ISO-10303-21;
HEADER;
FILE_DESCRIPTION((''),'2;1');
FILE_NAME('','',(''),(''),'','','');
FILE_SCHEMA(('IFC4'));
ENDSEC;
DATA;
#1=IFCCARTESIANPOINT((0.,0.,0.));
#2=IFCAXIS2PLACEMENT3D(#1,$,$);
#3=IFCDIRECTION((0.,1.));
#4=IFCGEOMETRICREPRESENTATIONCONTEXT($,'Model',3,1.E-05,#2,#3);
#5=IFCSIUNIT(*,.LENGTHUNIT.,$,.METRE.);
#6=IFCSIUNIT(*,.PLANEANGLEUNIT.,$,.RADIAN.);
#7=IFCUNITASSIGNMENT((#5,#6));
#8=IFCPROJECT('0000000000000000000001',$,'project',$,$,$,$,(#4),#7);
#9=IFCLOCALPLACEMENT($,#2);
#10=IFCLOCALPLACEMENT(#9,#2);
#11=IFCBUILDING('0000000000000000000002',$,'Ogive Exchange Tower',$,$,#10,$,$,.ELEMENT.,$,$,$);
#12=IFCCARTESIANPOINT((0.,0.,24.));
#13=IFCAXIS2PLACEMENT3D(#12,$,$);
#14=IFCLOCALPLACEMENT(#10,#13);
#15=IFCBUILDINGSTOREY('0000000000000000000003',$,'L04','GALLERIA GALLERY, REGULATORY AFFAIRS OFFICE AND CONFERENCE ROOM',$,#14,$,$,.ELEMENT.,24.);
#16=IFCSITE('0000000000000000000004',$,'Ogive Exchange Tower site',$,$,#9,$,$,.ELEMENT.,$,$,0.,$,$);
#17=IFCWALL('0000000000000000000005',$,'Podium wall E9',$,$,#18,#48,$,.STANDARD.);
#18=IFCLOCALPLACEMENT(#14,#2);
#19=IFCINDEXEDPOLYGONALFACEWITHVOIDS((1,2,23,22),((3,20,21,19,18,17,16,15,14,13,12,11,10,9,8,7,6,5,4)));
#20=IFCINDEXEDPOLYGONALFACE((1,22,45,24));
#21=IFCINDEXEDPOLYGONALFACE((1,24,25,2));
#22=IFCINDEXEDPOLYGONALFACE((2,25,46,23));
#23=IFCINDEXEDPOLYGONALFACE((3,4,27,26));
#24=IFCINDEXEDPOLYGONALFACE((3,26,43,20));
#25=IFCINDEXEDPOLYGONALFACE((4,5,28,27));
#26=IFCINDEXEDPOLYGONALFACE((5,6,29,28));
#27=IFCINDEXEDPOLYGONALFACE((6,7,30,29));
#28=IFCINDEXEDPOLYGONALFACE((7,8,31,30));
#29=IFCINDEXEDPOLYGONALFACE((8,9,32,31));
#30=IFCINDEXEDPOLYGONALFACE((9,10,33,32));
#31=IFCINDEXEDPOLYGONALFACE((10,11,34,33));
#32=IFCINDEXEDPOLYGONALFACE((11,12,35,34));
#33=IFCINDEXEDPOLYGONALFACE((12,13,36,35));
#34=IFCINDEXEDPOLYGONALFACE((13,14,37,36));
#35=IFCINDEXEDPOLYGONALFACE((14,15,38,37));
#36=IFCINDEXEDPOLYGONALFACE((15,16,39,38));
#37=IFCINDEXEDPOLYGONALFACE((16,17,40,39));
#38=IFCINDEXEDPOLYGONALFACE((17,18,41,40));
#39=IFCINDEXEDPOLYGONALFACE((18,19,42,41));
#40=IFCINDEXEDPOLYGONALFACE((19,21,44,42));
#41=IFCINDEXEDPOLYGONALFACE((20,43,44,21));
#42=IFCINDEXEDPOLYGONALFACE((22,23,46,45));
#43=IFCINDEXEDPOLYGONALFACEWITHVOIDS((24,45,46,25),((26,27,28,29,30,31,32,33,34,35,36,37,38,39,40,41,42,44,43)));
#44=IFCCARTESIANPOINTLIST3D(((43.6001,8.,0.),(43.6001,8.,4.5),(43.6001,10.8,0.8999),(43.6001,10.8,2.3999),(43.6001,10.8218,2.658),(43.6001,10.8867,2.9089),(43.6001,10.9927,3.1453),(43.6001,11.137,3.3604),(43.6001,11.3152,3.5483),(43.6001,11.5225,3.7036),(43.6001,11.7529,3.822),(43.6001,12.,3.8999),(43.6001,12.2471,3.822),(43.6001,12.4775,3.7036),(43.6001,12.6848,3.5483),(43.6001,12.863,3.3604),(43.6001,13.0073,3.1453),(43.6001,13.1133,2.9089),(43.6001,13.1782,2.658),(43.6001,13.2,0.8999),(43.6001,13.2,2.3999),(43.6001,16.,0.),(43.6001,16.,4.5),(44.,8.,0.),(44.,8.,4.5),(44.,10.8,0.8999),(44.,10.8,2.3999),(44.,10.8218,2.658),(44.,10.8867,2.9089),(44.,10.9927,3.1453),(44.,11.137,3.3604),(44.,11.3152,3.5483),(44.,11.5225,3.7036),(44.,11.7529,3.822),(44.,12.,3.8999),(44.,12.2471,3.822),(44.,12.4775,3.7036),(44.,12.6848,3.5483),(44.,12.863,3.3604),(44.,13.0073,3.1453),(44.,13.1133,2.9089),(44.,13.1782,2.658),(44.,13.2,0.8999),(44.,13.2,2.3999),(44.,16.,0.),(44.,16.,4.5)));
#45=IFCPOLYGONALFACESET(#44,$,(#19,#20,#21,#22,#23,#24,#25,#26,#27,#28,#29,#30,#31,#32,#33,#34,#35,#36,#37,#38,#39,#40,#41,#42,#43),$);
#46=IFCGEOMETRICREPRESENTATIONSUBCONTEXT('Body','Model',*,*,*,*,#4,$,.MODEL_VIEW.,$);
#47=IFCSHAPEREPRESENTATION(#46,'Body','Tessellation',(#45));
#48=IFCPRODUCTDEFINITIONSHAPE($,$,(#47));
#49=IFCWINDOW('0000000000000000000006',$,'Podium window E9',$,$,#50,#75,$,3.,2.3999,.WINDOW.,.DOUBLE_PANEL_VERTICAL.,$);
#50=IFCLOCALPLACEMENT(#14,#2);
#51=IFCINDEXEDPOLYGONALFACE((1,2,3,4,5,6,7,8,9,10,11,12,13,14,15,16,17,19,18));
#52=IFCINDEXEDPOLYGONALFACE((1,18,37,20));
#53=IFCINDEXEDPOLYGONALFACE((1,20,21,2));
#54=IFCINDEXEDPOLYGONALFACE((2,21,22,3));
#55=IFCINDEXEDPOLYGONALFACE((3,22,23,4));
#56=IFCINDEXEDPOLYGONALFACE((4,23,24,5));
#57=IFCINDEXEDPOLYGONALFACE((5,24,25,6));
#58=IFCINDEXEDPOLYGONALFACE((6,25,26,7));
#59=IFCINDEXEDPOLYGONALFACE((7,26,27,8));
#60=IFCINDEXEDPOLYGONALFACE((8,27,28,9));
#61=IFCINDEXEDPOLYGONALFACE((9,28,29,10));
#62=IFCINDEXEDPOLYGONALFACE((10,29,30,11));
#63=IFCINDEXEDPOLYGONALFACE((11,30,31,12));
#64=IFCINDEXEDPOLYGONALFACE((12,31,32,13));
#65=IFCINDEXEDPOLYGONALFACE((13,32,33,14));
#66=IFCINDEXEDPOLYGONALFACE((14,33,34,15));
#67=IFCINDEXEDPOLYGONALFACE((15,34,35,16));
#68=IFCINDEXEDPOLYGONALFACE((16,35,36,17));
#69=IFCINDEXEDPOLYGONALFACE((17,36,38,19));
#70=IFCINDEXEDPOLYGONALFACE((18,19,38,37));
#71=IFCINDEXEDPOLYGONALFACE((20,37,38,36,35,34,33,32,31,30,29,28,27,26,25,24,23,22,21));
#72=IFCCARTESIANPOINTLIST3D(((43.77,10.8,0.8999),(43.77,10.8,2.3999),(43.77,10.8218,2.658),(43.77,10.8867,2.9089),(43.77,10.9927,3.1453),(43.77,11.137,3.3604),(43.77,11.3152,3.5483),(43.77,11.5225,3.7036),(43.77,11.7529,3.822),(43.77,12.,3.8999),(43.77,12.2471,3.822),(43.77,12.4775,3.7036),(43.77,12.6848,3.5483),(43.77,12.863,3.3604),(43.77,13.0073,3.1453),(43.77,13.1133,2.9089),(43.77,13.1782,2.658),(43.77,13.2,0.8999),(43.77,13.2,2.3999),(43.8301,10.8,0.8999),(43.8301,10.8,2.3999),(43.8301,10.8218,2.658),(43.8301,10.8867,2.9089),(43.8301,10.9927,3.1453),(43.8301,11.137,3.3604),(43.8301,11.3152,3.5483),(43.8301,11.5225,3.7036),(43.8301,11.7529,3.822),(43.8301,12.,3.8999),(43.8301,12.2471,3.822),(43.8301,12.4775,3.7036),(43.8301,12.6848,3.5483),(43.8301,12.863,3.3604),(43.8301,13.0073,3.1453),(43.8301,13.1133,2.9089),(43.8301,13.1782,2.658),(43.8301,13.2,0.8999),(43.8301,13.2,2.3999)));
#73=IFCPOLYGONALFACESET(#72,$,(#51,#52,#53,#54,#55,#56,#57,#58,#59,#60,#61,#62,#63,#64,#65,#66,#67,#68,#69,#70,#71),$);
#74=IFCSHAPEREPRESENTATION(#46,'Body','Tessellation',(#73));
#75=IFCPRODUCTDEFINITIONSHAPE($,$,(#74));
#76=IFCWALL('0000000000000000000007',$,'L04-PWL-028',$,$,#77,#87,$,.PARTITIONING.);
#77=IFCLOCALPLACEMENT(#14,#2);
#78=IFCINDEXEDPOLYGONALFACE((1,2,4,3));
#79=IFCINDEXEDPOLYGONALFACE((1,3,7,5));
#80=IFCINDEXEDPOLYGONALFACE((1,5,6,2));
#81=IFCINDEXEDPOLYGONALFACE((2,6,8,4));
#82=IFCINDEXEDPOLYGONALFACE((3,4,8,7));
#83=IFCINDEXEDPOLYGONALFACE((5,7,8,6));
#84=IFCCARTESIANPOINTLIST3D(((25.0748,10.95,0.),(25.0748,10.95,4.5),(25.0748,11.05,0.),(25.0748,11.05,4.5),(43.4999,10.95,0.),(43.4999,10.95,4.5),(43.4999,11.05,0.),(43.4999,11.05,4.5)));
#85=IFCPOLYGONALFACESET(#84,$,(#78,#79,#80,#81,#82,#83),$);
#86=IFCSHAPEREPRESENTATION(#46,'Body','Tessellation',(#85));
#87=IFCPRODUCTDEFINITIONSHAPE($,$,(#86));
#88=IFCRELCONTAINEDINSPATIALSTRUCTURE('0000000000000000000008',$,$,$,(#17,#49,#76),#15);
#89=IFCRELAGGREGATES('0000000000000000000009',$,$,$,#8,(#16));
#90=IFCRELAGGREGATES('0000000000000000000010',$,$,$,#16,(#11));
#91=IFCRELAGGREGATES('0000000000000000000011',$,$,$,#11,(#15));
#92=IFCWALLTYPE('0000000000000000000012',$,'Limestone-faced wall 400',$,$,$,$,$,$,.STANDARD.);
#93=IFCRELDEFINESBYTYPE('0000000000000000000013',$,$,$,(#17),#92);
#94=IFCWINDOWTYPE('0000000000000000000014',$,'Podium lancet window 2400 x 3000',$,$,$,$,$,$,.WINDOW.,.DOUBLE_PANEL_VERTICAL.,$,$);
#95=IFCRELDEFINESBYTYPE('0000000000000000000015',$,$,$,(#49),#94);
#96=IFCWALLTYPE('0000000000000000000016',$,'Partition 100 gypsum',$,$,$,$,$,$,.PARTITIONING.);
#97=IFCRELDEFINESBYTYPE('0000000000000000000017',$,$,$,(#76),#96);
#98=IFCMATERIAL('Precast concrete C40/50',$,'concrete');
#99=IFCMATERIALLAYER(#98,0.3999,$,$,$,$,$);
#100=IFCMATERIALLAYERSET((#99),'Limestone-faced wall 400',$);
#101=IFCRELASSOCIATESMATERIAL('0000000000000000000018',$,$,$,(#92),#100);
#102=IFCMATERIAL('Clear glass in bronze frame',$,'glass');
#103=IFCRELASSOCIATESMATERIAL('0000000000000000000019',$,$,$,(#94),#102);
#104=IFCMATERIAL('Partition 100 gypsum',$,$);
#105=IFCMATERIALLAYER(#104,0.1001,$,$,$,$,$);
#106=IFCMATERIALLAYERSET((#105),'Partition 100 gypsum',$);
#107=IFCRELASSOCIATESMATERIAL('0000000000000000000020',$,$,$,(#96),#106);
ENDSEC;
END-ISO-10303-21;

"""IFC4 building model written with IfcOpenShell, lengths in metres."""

from ifc_helpers import new_model, si_unit, direction, frame, frame_2d, origin, place, context, subcontext, project, spatial, polyline, rectangle, outline, extrude, material, layer, layer_set, type_object, element, fill, save


model = new_model("IFC4")

# Units and contexts
model_context = context("Model", 3, precision=1e-05, world=origin(), true_north=direction((0.0, 1.0)))
body_context = subcontext(model_context, "Body", "Model", "MODEL_VIEW")
ifc_project = project(units=[si_unit("LENGTHUNIT", "METRE"), si_unit("PLANEANGLEUNIT", "RADIAN")], contexts=[model_context])

# Site, building, storey
site_placement = place(None, origin())
site = spatial("IfcSite", under=ifc_project, at=site_placement, Name="Ogive Exchange Tower site", CompositionType="ELEMENT", RefElevation=0.0)
building_placement = place(site_placement, origin())
building = spatial("IfcBuilding", under=site, at=building_placement, Name="Ogive Exchange Tower", CompositionType="ELEMENT")
storey_placement = place(building_placement, frame((0.0, 0.0, 24.0)))
storey = spatial("IfcBuildingStorey", under=building, at=storey_placement, Name="L04", Description="GALLERIA GALLERY, REGULATORY AFFAIRS OFFICE AND CONFERENCE ROOM", CompositionType="ELEMENT", Elevation=24.0)

# Wall, opening, window
ifc_material_1 = material(Name="Precast concrete C40/50", Category="concrete")
ifc_layer_1 = layer(ifc_material_1, 0.3999)
ifc_layer_set_1 = layer_set([ifc_layer_1], Name="Limestone-faced wall 400")
wall_type_1 = type_object("IfcWallType", Name="Limestone-faced wall 400", PredefinedType="STANDARD", material=ifc_layer_set_1)
wall_1_placement = place(storey_placement, frame((43.8, 8.0, 0.0), z_axis=(0.0, 0.0, 1.0), x_axis=(0.0, 1.0, 0.0)))
wall_1 = element("IfcWall", 1, at=wall_1_placement, inside=storey, type_object=wall_type_1, Name="Podium wall E9", PredefinedType="STANDARD", context=body_context, shape_type="SweptSolid", body=[
    extrude(rectangle(XDim=8.0, YDim=0.3999, at=frame_2d((4.0, 0.0))), origin(), (0.0, 0.0, 1.0), 4.5),
])
opening_1_placement = place(wall_1_placement, frame((2.8, 0.0, 0.8999)))
opening_1 = element("IfcOpeningElement", 2, at=opening_1_placement, cuts=wall_1, PredefinedType="OPENING", context=body_context, shape_type="SweptSolid", body=[
    extrude(outline(polyline([(0.0, 0.0), (2.3999, 0.0), (2.3999, 1.5), (2.3782, 1.7581), (2.3132, 2.009), (2.2073, 2.2454), (2.063, 2.4604), (1.8848, 2.6484), (1.6775, 2.8037), (1.447, 2.9221), (1.2, 3.0), (0.9529, 2.9221), (0.7224, 2.8037), (0.5151, 2.6484), (0.3369, 2.4604), (0.1926, 2.2454), (0.0867, 2.009), (0.0217, 1.7581), (0.0, 1.5), (0.0, 0.0)])), frame((0.0, 0.21, 0.0), z_axis=(0.0, -1.0, 0.0), x_axis=(1.0, 0.0, 0.0)), (0.0, 0.0, 1.0), 0.4199),
])
ifc_material_2 = material(Name="Clear glass in bronze frame", Category="glass")
window_type = type_object("IfcWindowType", Name="Podium lancet window 2400 x 3000", PartitioningType="DOUBLE_PANEL_VERTICAL", PredefinedType="WINDOW", material=ifc_material_2)
window_placement = place(opening_1_placement, origin())
window = element("IfcWindow", 3, at=window_placement, inside=storey, type_object=window_type, Name="Podium window E9", OverallHeight=3.0, OverallWidth=2.3999, PartitioningType="DOUBLE_PANEL_VERTICAL", PredefinedType="WINDOW", context=body_context, shape_type="SweptSolid", body=[
    extrude(outline(polyline([(0.0, 0.0), (2.3999, 0.0), (2.3999, 1.5), (2.3782, 1.7581), (2.3132, 2.009), (2.2073, 2.2454), (2.063, 2.4604), (1.8848, 2.6484), (1.6775, 2.8037), (1.447, 2.9221), (1.2, 3.0), (0.9529, 2.9221), (0.7224, 2.8037), (0.5151, 2.6484), (0.3369, 2.4604), (0.1926, 2.2454), (0.0867, 2.009), (0.0217, 1.7581), (0.0, 1.5), (0.0, 0.0)])), frame((0.0, 0.03, 0.0), z_axis=(0.0, -1.0, 0.0), x_axis=(1.0, 0.0, 0.0)), (0.0, 0.0, 1.0), 0.0601),
])
fill(opening_1, window)

# Wall
ifc_material_3 = material(Name="Partition 100 gypsum")
ifc_layer_2 = layer(ifc_material_3, 0.1001)
ifc_layer_set_2 = layer_set([ifc_layer_2], Name="Partition 100 gypsum")
wall_type_2 = type_object("IfcWallType", Name="Partition 100 gypsum", PredefinedType="PARTITIONING", material=ifc_layer_set_2)
wall_2_placement = place(storey_placement, frame((25.075, 11.0, 0.0), z_axis=(0.0, 0.0, 1.0), x_axis=(1.0, 0.0, 0.0)))
element("IfcWall", 4, at=wall_2_placement, inside=storey, type_object=wall_type_2, Name="L04-PWL-028", PredefinedType="PARTITIONING", context=body_context, shape_type="SweptSolid", body=[
    extrude(rectangle(XDim=18.425, YDim=0.1001, at=frame_2d((9.2124, 0.0))), origin(), (0.0, 0.0, 1.0), 4.5),
])

save(model, "model.ifc")
